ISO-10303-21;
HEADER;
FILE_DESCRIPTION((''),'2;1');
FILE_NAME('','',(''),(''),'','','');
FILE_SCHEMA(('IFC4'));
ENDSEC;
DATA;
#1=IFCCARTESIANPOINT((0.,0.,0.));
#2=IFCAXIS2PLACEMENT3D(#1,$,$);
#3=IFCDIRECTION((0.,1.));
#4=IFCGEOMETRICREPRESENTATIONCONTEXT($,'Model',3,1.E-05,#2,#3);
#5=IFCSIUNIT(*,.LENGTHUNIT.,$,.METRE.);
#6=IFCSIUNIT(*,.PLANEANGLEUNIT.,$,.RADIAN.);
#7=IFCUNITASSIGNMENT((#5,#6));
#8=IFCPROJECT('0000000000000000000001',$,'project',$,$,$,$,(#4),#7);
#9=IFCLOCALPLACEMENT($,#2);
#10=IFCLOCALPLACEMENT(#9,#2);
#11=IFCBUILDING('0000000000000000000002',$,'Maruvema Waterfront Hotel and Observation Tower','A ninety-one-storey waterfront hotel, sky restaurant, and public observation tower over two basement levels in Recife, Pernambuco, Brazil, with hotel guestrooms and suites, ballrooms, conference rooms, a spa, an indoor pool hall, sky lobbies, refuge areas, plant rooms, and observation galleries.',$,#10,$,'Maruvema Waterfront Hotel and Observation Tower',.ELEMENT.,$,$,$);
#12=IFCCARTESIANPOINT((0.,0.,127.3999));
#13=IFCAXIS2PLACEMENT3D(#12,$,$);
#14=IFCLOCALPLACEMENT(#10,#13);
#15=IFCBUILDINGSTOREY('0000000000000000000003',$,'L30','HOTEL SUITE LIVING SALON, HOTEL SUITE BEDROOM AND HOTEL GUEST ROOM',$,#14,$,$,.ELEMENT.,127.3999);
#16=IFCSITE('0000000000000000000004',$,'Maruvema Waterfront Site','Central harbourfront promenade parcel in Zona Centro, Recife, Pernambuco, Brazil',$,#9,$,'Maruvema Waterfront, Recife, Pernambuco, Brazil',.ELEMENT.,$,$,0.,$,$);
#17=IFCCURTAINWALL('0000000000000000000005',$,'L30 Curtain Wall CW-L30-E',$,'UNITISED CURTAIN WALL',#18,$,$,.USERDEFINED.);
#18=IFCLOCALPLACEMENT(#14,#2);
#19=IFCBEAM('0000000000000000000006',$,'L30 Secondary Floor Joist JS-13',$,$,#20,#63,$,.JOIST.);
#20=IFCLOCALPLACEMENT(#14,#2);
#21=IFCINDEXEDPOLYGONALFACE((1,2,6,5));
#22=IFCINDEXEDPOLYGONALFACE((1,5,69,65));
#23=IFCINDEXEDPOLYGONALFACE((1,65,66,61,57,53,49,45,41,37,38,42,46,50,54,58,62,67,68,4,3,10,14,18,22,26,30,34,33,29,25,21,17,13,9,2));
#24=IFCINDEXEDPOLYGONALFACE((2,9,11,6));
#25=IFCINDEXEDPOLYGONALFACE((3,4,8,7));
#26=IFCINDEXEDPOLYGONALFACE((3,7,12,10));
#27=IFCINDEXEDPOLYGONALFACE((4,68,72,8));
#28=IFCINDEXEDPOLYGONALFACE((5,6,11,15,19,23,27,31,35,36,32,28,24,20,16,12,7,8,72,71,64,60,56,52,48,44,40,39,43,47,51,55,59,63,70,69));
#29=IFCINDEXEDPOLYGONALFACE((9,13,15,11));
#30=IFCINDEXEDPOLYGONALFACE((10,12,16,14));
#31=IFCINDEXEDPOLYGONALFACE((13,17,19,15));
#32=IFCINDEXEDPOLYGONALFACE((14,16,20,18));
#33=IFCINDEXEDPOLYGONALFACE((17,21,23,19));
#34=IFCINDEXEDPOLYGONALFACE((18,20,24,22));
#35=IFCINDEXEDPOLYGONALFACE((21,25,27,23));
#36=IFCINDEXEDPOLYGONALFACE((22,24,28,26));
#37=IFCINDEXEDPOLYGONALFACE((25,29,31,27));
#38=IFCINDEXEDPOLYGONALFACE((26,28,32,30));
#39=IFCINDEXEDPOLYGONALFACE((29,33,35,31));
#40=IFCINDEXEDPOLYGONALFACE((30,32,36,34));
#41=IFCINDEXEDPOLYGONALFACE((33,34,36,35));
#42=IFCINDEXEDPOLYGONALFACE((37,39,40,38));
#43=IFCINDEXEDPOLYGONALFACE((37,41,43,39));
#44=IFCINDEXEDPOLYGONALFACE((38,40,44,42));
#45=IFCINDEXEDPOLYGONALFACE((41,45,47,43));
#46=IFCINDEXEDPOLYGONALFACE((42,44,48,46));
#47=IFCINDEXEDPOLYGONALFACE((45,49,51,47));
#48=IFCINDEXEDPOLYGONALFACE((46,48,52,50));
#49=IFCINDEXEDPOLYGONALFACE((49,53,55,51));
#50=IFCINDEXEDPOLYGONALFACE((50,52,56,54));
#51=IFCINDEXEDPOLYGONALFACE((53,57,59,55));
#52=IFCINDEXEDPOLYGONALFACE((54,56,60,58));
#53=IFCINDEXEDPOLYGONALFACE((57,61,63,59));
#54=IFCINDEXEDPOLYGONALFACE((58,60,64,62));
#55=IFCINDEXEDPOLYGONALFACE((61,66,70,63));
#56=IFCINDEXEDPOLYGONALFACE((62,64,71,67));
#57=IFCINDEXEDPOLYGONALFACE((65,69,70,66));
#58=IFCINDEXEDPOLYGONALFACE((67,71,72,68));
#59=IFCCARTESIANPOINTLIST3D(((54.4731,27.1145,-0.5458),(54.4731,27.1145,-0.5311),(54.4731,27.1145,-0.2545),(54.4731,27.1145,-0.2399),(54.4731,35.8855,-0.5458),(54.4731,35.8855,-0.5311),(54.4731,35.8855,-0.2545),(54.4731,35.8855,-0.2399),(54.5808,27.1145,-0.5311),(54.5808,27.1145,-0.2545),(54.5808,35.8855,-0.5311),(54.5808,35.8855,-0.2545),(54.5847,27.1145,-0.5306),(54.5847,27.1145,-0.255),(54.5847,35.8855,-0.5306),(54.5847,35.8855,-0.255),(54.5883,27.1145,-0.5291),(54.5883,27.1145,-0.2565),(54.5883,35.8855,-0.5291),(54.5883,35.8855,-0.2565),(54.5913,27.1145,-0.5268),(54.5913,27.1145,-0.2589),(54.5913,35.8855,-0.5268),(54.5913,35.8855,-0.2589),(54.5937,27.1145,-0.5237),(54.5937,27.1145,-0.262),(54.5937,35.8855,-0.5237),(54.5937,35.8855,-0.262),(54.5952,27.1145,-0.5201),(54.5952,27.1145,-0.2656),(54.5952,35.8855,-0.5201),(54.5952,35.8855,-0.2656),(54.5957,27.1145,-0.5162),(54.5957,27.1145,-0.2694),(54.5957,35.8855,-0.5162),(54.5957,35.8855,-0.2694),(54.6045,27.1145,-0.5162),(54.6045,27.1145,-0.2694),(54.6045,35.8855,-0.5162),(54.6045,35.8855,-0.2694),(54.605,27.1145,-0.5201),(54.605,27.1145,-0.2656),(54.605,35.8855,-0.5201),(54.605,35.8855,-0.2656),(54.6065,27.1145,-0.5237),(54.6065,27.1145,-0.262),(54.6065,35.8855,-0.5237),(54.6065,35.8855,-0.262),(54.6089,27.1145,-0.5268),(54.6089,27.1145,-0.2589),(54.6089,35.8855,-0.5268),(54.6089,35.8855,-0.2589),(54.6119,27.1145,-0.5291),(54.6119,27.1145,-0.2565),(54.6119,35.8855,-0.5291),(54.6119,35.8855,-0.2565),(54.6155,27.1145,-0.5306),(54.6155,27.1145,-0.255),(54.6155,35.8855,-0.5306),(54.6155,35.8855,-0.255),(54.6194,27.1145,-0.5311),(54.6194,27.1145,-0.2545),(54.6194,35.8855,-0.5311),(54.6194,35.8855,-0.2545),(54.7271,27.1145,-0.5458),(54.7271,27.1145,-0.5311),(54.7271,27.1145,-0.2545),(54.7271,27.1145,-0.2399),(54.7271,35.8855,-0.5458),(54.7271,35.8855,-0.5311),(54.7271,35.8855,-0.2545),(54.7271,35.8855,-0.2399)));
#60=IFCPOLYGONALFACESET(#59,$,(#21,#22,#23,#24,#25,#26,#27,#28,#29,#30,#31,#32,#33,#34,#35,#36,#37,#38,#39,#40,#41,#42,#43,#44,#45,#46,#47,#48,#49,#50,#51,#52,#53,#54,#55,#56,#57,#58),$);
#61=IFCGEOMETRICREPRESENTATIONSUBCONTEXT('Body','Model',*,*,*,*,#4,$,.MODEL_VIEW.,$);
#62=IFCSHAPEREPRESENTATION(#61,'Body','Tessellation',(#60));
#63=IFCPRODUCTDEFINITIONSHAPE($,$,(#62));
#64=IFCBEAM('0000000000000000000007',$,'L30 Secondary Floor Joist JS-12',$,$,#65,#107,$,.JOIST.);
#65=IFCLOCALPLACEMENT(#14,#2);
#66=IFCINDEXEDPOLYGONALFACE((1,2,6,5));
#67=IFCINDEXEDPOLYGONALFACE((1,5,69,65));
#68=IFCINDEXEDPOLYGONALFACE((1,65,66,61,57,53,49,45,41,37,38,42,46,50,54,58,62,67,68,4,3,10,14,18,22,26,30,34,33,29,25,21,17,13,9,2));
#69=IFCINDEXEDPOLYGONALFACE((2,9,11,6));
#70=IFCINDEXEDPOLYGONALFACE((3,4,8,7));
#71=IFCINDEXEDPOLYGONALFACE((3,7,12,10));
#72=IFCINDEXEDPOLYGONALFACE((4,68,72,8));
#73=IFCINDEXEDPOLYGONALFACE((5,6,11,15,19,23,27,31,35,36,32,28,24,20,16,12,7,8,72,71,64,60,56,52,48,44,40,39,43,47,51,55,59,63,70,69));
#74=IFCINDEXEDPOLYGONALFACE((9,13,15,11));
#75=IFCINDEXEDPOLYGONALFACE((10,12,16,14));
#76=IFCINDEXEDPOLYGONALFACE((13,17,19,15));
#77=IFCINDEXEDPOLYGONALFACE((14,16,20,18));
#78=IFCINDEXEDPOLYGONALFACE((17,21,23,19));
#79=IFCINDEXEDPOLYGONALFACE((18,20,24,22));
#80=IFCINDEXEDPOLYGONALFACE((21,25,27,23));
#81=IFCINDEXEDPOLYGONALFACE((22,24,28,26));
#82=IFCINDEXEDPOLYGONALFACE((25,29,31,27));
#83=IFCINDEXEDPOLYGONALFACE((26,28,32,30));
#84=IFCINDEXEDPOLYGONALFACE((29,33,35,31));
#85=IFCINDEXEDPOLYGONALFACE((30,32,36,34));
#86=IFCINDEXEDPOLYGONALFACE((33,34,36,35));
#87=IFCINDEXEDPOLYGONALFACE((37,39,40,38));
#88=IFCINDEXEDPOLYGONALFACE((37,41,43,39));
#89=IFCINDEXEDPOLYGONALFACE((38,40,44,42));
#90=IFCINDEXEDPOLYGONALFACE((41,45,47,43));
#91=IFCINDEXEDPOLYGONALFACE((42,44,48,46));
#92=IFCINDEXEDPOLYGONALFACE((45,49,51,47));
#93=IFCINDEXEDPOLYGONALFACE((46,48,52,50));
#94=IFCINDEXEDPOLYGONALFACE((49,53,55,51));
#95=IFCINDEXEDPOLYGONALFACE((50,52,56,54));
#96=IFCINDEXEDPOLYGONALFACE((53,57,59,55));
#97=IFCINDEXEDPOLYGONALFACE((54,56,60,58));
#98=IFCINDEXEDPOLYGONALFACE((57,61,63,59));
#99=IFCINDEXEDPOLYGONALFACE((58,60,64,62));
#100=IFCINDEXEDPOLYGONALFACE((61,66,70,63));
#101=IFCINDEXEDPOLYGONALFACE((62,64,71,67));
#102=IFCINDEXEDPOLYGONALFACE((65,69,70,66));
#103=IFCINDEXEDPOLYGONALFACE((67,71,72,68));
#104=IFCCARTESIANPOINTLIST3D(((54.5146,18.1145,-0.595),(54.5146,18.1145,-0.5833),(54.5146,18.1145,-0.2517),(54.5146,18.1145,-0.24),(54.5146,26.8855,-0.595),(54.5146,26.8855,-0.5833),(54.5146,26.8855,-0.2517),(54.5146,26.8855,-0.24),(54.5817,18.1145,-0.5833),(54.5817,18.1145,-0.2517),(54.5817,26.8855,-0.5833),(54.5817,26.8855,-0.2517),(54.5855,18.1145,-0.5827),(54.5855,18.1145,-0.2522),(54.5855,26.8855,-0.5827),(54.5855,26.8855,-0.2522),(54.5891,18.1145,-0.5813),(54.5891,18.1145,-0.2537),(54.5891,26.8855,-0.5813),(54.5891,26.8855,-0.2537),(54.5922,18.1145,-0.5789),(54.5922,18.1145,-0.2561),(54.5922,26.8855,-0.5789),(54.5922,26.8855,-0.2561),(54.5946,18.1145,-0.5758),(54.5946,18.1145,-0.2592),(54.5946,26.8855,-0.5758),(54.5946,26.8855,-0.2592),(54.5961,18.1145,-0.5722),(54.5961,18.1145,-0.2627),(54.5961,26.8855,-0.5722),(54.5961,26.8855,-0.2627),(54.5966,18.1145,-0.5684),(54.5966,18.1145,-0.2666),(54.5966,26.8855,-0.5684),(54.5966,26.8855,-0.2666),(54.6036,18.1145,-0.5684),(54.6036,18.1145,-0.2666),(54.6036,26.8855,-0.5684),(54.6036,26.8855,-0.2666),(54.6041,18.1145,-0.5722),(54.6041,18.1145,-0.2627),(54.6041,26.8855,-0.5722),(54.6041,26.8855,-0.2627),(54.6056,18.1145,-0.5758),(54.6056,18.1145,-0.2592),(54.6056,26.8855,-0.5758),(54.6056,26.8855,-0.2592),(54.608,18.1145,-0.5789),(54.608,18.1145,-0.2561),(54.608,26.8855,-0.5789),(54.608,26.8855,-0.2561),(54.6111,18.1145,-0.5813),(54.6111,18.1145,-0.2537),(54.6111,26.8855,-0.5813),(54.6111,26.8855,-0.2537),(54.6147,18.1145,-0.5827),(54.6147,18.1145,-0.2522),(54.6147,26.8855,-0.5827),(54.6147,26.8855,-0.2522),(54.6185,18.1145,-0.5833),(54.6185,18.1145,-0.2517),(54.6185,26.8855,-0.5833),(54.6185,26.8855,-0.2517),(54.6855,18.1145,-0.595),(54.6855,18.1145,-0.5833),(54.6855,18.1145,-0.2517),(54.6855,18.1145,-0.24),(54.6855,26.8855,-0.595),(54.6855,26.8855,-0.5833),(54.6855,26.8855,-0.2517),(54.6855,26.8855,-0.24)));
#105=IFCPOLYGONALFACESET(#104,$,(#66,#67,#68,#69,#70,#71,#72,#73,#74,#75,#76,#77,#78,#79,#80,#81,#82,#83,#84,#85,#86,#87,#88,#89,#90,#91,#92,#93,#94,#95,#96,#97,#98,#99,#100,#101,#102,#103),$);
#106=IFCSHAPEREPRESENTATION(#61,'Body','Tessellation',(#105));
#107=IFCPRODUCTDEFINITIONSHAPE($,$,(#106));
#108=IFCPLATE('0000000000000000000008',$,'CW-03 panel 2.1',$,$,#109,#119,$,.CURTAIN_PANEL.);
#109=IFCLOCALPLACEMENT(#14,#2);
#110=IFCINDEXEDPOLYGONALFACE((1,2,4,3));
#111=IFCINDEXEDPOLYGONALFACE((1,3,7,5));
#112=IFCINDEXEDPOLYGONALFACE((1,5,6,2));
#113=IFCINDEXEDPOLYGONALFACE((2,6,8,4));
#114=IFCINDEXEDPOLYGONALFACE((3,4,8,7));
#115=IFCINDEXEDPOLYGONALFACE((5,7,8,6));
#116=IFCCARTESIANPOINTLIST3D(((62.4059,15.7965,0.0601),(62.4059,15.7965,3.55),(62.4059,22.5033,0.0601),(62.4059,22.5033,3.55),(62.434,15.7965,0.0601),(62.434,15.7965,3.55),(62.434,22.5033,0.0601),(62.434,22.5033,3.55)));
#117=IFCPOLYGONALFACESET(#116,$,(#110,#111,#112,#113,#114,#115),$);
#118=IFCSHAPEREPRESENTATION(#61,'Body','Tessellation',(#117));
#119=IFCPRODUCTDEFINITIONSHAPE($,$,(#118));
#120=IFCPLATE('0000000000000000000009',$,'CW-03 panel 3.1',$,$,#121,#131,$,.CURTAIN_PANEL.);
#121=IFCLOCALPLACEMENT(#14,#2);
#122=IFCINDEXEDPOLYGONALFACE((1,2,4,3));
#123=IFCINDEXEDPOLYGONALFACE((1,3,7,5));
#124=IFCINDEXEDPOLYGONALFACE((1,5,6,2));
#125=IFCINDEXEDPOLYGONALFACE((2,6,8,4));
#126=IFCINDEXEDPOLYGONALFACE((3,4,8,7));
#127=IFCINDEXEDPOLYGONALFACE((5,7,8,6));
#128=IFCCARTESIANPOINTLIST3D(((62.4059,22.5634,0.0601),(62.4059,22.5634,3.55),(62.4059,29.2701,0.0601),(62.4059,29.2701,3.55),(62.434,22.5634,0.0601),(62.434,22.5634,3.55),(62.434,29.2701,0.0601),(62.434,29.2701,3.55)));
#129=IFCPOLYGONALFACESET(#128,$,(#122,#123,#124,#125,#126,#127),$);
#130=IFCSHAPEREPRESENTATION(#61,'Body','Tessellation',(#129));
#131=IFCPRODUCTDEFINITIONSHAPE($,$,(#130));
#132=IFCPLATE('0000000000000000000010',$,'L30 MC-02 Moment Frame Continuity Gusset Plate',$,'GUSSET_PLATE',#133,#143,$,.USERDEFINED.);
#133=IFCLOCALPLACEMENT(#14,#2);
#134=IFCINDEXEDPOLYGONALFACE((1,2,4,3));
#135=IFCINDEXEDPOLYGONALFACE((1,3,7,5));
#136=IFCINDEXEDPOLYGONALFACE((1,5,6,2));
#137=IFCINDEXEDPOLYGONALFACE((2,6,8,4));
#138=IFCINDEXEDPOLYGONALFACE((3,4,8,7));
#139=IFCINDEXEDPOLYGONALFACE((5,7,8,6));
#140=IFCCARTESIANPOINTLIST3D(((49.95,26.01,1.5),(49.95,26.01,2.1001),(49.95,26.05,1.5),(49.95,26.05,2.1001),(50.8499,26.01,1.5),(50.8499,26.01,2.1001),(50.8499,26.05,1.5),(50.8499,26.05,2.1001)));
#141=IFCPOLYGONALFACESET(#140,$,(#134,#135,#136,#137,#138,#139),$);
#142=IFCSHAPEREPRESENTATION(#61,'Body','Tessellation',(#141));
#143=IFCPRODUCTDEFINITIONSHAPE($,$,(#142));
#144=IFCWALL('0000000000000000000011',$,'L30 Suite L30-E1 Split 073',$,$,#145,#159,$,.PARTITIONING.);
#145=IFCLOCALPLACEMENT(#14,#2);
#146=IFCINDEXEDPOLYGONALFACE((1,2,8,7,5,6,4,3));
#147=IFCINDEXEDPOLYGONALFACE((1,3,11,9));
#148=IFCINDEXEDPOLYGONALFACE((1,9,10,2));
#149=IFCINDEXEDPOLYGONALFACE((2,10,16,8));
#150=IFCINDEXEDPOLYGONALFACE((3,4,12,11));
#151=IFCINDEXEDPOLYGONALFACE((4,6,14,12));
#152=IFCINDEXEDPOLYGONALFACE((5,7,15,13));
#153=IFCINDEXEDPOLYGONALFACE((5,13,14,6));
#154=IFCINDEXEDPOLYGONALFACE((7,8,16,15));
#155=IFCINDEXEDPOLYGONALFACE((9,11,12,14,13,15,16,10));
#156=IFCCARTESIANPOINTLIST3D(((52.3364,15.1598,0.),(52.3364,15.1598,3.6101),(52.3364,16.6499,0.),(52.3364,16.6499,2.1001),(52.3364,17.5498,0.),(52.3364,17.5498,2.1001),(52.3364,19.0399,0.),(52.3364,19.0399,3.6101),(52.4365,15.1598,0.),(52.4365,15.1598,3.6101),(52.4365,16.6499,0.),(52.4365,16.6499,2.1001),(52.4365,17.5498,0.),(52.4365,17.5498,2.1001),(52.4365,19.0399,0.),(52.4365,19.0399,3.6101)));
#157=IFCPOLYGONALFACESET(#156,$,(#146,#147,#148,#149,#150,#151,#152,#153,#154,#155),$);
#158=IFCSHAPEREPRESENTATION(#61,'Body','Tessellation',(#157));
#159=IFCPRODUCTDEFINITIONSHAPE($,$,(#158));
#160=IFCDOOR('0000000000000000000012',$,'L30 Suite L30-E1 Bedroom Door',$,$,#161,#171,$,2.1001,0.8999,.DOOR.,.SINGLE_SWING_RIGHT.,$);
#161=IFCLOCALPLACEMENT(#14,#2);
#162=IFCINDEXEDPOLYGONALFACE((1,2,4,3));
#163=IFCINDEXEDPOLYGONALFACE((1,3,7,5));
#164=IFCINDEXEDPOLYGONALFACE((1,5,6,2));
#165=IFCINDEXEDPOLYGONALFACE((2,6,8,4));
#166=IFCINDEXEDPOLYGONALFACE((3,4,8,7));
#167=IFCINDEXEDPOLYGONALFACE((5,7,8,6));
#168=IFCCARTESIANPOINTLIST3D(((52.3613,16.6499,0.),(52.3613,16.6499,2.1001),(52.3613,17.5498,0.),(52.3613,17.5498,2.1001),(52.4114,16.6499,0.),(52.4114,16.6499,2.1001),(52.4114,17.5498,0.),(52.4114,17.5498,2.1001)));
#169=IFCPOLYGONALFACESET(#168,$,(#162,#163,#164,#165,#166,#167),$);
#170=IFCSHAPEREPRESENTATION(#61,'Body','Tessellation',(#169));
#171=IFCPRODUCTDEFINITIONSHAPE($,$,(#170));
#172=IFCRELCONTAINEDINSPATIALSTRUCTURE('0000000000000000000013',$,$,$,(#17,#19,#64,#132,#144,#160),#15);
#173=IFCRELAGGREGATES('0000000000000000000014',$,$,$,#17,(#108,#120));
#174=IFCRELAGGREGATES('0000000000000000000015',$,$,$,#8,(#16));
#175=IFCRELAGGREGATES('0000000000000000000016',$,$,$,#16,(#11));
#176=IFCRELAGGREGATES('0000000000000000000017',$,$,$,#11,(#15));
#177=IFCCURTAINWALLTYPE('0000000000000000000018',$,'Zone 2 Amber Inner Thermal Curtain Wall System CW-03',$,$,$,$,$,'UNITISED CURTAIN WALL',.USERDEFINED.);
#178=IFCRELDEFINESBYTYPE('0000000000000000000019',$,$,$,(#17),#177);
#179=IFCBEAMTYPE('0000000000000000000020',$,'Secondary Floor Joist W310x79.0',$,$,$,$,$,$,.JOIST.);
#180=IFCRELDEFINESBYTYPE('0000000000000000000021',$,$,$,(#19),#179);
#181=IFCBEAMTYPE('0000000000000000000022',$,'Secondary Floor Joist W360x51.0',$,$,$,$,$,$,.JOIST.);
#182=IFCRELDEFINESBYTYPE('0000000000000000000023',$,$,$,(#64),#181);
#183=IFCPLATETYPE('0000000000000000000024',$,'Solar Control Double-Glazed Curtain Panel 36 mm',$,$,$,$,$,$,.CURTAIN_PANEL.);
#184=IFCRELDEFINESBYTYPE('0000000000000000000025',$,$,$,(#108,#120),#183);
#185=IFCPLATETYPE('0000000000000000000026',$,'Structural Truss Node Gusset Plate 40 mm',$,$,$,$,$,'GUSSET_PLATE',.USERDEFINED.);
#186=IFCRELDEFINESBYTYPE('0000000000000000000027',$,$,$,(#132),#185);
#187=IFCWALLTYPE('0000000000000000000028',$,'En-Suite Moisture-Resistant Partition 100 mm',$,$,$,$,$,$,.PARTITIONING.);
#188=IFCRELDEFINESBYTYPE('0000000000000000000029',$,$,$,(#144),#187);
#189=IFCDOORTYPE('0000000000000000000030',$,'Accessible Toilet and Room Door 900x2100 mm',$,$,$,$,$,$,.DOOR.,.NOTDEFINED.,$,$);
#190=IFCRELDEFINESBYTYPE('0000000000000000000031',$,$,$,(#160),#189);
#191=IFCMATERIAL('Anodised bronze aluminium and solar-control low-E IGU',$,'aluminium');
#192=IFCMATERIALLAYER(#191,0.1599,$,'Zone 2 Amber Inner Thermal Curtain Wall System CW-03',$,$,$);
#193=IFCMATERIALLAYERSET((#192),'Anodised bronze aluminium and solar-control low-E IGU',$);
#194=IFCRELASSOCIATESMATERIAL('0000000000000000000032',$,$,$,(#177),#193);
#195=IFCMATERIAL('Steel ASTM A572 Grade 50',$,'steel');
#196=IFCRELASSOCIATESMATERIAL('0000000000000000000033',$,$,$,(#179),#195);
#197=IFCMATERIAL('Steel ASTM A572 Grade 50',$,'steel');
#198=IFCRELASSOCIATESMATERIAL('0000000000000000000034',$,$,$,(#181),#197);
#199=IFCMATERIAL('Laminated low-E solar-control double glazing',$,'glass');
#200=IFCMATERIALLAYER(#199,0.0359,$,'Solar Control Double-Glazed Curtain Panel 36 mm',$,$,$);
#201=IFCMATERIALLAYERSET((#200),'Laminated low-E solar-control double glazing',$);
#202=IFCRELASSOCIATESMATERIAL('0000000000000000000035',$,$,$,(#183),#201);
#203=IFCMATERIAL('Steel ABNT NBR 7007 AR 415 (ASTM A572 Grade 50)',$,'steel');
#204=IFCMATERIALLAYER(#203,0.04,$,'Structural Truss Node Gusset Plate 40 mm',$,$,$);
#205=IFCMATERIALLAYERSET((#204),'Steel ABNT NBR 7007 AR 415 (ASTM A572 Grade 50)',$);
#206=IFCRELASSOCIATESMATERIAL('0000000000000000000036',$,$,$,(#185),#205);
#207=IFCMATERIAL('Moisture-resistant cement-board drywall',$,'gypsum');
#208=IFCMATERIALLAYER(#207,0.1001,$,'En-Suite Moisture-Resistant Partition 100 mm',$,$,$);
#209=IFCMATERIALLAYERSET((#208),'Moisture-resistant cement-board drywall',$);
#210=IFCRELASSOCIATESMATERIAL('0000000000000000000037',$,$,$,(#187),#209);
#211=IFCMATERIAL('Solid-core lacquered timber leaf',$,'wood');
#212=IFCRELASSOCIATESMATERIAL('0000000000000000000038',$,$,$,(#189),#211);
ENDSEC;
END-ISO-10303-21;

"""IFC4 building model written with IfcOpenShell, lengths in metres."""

from ifc_helpers import new_model, si_unit, direction, frame, frame_2d, origin, origin_2d, place, context, subcontext, project, spatial, rectangle, i_section, extrude, material, layer, layer_set, material_profile, profile_set, type_object, element, fill, aggregate, save


model = new_model("IFC4")

# Units and contexts
model_context = context("Model", 3, precision=1e-05, world=origin(), true_north=direction((0.0, 1.0)))
body_context = subcontext(model_context, "Body", "Model", "MODEL_VIEW")
ifc_project = project(units=[si_unit("LENGTHUNIT", "METRE"), si_unit("PLANEANGLEUNIT", "RADIAN")], contexts=[model_context])

# Site, building, storey
site_placement = place(None, origin())
site = spatial("IfcSite", under=ifc_project, at=site_placement, Name="Maruvema Waterfront Site", Description="Central harbourfront promenade parcel in Zona Centro, Recife, Pernambuco, Brazil", LongName="Maruvema Waterfront, Recife, Pernambuco, Brazil", CompositionType="ELEMENT", RefElevation=0.0)
building_placement = place(site_placement, origin())
building = spatial("IfcBuilding", under=site, at=building_placement, Name="Maruvema Waterfront Hotel and Observation Tower", Description="A ninety-one-storey waterfront hotel, sky restaurant, and public observation tower over two basement levels in Recife, Pernambuco, Brazil, with hotel guestrooms and suites, ballrooms, conference rooms, a spa, an indoor pool hall, sky lobbies, refuge areas, plant rooms, and observation galleries.", LongName="Maruvema Waterfront Hotel and Observation Tower", CompositionType="ELEMENT")
storey_placement = place(building_placement, frame((0.0, 0.0, 127.3999)))
storey = spatial("IfcBuildingStorey", under=building, at=storey_placement, Name="L30", Description="HOTEL SUITE LIVING SALON, HOTEL SUITE BEDROOM AND HOTEL GUEST ROOM", CompositionType="ELEMENT", Elevation=127.3999)

# Curtain wall
ifc_material_1 = material(Name="Anodised bronze aluminium and solar-control low-E IGU", Category="aluminium")
ifc_layer_1 = layer(ifc_material_1, 0.1599, Name="Zone 2 Amber Inner Thermal Curtain Wall System CW-03")
ifc_layer_set_1 = layer_set([ifc_layer_1], Name="Anodised bronze aluminium and solar-control low-E IGU")
curtain_wall_type = type_object("IfcCurtainWallType", Name="Zone 2 Amber Inner Thermal Curtain Wall System CW-03", ElementType="UNITISED CURTAIN WALL", PredefinedType="USERDEFINED", material=ifc_layer_set_1)
curtain_wall_placement = place(storey_placement, origin())
curtain_wall = element("IfcCurtainWall", 1, at=curtain_wall_placement, inside=storey, type_object=curtain_wall_type, Name="L30 Curtain Wall CW-L30-E", ObjectType="UNITISED CURTAIN WALL", PredefinedType="USERDEFINED")

# Beams
ifc_material_2 = material(Name="Steel ASTM A572 Grade 50", Category="steel")
ifc_material_profile_1 = material_profile(ifc_material_2, i_section(OverallWidth=0.2539, OverallDepth=0.3059, WebThickness=0.0088, FlangeThickness=0.0146, FilletRadius=0.0149, at=origin_2d()), Name="W310x79.0")
ifc_profile_set_1 = profile_set([ifc_material_profile_1], Name="Steel ASTM A572 Grade 50")
beam_type_1 = type_object("IfcBeamType", Name="Secondary Floor Joist W310x79.0", PredefinedType="JOIST", material=ifc_profile_set_1)
beam_1_placement = place(storey_placement, frame((54.6001, 27.1145, -0.3928), z_axis=(0.0, 1.0, 0.0), x_axis=(-1.0, 0.0, 0.0)))
element("IfcBeam", 2, at=beam_1_placement, inside=storey, type_object=beam_type_1, Name="L30 Secondary Floor Joist JS-13", PredefinedType="JOIST", context=body_context, shape_type="SweptSolid", body=[
    extrude(i_section(OverallWidth=0.2539, OverallDepth=0.3059, WebThickness=0.0088, FlangeThickness=0.0146, FilletRadius=0.0149, at=origin_2d()), origin(), (0.0, 0.0, 1.0), 8.771),
])
ifc_material_3 = material(Name="Steel ASTM A572 Grade 50", Category="steel")
ifc_material_profile_2 = material_profile(ifc_material_3, i_section(OverallWidth=0.1709, OverallDepth=0.355, WebThickness=0.0071, FlangeThickness=0.0117, FilletRadius=0.0149, at=origin_2d()), Name="W360x51.0")
ifc_profile_set_2 = profile_set([ifc_material_profile_2], Name="Steel ASTM A572 Grade 50")
beam_type_2 = type_object("IfcBeamType", Name="Secondary Floor Joist W360x51.0", PredefinedType="JOIST", material=ifc_profile_set_2)
beam_2_placement = place(storey_placement, frame((54.6001, 18.1145, -0.4175), z_axis=(0.0, 1.0, 0.0), x_axis=(-1.0, 0.0, 0.0)))
element("IfcBeam", 3, at=beam_2_placement, inside=storey, type_object=beam_type_2, Name="L30 Secondary Floor Joist JS-12", PredefinedType="JOIST", context=body_context, shape_type="SweptSolid", body=[
    extrude(i_section(OverallWidth=0.1709, OverallDepth=0.355, WebThickness=0.0071, FlangeThickness=0.0117, FilletRadius=0.0149, at=origin_2d()), origin(), (0.0, 0.0, 1.0), 8.771),
])

# Plates
ifc_material_4 = material(Name="Laminated low-E solar-control double glazing", Category="glass")
ifc_layer_2 = layer(ifc_material_4, 0.0359, Name="Solar Control Double-Glazed Curtain Panel 36 mm")
ifc_layer_set_2 = layer_set([ifc_layer_2], Name="Laminated low-E solar-control double glazing")
plate_type_1 = type_object("IfcPlateType", Name="Solar Control Double-Glazed Curtain Panel 36 mm", PredefinedType="CURTAIN_PANEL", material=ifc_layer_set_2)
plate_1_placement = place(storey_placement, frame((62.4199, 19.1499, 0.0601), z_axis=(0.0, 0.0, 1.0), x_axis=(0.0, 1.0, 0.0)))
plate_1 = element("IfcPlate", 4, at=plate_1_placement, type_object=plate_type_1, Name="CW-03 panel 2.1", PredefinedType="CURTAIN_PANEL", context=body_context, shape_type="SweptSolid", body=[
    extrude(rectangle(XDim=6.7068, YDim=0.0281, at=origin_2d()), origin(), (0.0, 0.0, 1.0), 3.49),
])
plate_2_placement = place(storey_placement, frame((62.4199, 25.9167, 0.0601), z_axis=(0.0, 0.0, 1.0), x_axis=(0.0, 1.0, 0.0)))
plate_2 = element("IfcPlate", 5, at=plate_2_placement, type_object=plate_type_1, Name="CW-03 panel 3.1", PredefinedType="CURTAIN_PANEL", context=body_context, shape_type="SweptSolid", body=[
    extrude(rectangle(XDim=6.7068, YDim=0.0281, at=origin_2d()), origin(), (0.0, 0.0, 1.0), 3.49),
])
aggregate(curtain_wall, [plate_1, plate_2])
ifc_material_5 = material(Name="Steel ABNT NBR 7007 AR 415 (ASTM A572 Grade 50)", Category="steel")
ifc_layer_3 = layer(ifc_material_5, 0.04, Name="Structural Truss Node Gusset Plate 40 mm")
ifc_layer_set_3 = layer_set([ifc_layer_3], Name="Steel ABNT NBR 7007 AR 415 (ASTM A572 Grade 50)")
plate_type_2 = type_object("IfcPlateType", Name="Structural Truss Node Gusset Plate 40 mm", ElementType="GUSSET_PLATE", PredefinedType="USERDEFINED", material=ifc_layer_set_3)
plate_3_placement = place(storey_placement, frame((50.3999, 26.03, 1.5), z_axis=(0.0, 0.0, 1.0), x_axis=(1.0, 0.0, 0.0)))
element("IfcPlate", 6, at=plate_3_placement, inside=storey, type_object=plate_type_2, Name="L30 MC-02 Moment Frame Continuity Gusset Plate", ObjectType="GUSSET_PLATE", PredefinedType="USERDEFINED", context=body_context, shape_type="SweptSolid", body=[
    extrude(rectangle(XDim=0.8999, YDim=0.04, at=origin_2d()), origin(), (0.0, 0.0, 1.0), 0.6001),
])

# Wall, opening, door
ifc_material_6 = material(Name="Moisture-resistant cement-board drywall", Category="gypsum")
ifc_layer_4 = layer(ifc_material_6, 0.1001, Name="En-Suite Moisture-Resistant Partition 100 mm")
ifc_layer_set_4 = layer_set([ifc_layer_4], Name="Moisture-resistant cement-board drywall")
wall_type = type_object("IfcWallType", Name="En-Suite Moisture-Resistant Partition 100 mm", PredefinedType="PARTITIONING", material=ifc_layer_set_4)
wall_1_placement = place(storey_placement, frame((52.3865, 15.1599, 0.0), z_axis=(0.0, 0.0, 1.0), x_axis=(0.0, 1.0, 0.0)))
wall_1 = element("IfcWall", 7, at=wall_1_placement, inside=storey, type_object=wall_type, Name="L30 Suite L30-E1 Split 073", PredefinedType="PARTITIONING", context=body_context, shape_type="SweptSolid", body=[
    extrude(rectangle(XDim=3.8801, YDim=0.1001, at=frame_2d((1.9399, 0.0))), origin(), (0.0, 0.0, 1.0), 3.6101),
])
opening_1_placement = place(wall_1_placement, frame((1.49, 0.0, 0.0)))
opening_1 = element("IfcOpeningElement", 8, at=opening_1_placement, cuts=wall_1, PredefinedType="OPENING", context=body_context, shape_type="SweptSolid", body=[
    extrude(rectangle(XDim=0.8999, YDim=2.1001, at=frame_2d((0.45, 1.05))), frame((0.0, 0.0601, 0.0), z_axis=(0.0, -1.0, 0.0), x_axis=(1.0, 0.0, 0.0)), (0.0, 0.0, 1.0), 0.1201),
])
ifc_material_7 = material(Name="Solid-core lacquered timber leaf", Category="wood")
door_type = type_object("IfcDoorType", Name="Accessible Toilet and Room Door 900x2100 mm", OperationType="NOTDEFINED", PredefinedType="DOOR", material=ifc_material_7)
door_1_placement = place(opening_1_placement, frame((0.8999, 0.0, 0.0), z_axis=(0.0, 0.0, 1.0), x_axis=(-1.0, 0.0, 0.0)))
door_1 = element("IfcDoor", 9, at=door_1_placement, inside=storey, type_object=door_type, Name="L30 Suite L30-E1 Bedroom Door", OperationType="SINGLE_SWING_RIGHT", OverallHeight=2.1001, OverallWidth=0.8999, PredefinedType="DOOR", context=body_context, shape_type="SweptSolid", body=[
    extrude(rectangle(XDim=0.8999, YDim=2.1001, at=frame_2d((0.45, 1.05))), frame((0.0, 0.0249, 0.0), z_axis=(0.0, -1.0, 0.0), x_axis=(1.0, 0.0, 0.0)), (0.0, 0.0, 1.0), 0.05),
])
fill(opening_1, door_1)

save(model, "model.ifc")
